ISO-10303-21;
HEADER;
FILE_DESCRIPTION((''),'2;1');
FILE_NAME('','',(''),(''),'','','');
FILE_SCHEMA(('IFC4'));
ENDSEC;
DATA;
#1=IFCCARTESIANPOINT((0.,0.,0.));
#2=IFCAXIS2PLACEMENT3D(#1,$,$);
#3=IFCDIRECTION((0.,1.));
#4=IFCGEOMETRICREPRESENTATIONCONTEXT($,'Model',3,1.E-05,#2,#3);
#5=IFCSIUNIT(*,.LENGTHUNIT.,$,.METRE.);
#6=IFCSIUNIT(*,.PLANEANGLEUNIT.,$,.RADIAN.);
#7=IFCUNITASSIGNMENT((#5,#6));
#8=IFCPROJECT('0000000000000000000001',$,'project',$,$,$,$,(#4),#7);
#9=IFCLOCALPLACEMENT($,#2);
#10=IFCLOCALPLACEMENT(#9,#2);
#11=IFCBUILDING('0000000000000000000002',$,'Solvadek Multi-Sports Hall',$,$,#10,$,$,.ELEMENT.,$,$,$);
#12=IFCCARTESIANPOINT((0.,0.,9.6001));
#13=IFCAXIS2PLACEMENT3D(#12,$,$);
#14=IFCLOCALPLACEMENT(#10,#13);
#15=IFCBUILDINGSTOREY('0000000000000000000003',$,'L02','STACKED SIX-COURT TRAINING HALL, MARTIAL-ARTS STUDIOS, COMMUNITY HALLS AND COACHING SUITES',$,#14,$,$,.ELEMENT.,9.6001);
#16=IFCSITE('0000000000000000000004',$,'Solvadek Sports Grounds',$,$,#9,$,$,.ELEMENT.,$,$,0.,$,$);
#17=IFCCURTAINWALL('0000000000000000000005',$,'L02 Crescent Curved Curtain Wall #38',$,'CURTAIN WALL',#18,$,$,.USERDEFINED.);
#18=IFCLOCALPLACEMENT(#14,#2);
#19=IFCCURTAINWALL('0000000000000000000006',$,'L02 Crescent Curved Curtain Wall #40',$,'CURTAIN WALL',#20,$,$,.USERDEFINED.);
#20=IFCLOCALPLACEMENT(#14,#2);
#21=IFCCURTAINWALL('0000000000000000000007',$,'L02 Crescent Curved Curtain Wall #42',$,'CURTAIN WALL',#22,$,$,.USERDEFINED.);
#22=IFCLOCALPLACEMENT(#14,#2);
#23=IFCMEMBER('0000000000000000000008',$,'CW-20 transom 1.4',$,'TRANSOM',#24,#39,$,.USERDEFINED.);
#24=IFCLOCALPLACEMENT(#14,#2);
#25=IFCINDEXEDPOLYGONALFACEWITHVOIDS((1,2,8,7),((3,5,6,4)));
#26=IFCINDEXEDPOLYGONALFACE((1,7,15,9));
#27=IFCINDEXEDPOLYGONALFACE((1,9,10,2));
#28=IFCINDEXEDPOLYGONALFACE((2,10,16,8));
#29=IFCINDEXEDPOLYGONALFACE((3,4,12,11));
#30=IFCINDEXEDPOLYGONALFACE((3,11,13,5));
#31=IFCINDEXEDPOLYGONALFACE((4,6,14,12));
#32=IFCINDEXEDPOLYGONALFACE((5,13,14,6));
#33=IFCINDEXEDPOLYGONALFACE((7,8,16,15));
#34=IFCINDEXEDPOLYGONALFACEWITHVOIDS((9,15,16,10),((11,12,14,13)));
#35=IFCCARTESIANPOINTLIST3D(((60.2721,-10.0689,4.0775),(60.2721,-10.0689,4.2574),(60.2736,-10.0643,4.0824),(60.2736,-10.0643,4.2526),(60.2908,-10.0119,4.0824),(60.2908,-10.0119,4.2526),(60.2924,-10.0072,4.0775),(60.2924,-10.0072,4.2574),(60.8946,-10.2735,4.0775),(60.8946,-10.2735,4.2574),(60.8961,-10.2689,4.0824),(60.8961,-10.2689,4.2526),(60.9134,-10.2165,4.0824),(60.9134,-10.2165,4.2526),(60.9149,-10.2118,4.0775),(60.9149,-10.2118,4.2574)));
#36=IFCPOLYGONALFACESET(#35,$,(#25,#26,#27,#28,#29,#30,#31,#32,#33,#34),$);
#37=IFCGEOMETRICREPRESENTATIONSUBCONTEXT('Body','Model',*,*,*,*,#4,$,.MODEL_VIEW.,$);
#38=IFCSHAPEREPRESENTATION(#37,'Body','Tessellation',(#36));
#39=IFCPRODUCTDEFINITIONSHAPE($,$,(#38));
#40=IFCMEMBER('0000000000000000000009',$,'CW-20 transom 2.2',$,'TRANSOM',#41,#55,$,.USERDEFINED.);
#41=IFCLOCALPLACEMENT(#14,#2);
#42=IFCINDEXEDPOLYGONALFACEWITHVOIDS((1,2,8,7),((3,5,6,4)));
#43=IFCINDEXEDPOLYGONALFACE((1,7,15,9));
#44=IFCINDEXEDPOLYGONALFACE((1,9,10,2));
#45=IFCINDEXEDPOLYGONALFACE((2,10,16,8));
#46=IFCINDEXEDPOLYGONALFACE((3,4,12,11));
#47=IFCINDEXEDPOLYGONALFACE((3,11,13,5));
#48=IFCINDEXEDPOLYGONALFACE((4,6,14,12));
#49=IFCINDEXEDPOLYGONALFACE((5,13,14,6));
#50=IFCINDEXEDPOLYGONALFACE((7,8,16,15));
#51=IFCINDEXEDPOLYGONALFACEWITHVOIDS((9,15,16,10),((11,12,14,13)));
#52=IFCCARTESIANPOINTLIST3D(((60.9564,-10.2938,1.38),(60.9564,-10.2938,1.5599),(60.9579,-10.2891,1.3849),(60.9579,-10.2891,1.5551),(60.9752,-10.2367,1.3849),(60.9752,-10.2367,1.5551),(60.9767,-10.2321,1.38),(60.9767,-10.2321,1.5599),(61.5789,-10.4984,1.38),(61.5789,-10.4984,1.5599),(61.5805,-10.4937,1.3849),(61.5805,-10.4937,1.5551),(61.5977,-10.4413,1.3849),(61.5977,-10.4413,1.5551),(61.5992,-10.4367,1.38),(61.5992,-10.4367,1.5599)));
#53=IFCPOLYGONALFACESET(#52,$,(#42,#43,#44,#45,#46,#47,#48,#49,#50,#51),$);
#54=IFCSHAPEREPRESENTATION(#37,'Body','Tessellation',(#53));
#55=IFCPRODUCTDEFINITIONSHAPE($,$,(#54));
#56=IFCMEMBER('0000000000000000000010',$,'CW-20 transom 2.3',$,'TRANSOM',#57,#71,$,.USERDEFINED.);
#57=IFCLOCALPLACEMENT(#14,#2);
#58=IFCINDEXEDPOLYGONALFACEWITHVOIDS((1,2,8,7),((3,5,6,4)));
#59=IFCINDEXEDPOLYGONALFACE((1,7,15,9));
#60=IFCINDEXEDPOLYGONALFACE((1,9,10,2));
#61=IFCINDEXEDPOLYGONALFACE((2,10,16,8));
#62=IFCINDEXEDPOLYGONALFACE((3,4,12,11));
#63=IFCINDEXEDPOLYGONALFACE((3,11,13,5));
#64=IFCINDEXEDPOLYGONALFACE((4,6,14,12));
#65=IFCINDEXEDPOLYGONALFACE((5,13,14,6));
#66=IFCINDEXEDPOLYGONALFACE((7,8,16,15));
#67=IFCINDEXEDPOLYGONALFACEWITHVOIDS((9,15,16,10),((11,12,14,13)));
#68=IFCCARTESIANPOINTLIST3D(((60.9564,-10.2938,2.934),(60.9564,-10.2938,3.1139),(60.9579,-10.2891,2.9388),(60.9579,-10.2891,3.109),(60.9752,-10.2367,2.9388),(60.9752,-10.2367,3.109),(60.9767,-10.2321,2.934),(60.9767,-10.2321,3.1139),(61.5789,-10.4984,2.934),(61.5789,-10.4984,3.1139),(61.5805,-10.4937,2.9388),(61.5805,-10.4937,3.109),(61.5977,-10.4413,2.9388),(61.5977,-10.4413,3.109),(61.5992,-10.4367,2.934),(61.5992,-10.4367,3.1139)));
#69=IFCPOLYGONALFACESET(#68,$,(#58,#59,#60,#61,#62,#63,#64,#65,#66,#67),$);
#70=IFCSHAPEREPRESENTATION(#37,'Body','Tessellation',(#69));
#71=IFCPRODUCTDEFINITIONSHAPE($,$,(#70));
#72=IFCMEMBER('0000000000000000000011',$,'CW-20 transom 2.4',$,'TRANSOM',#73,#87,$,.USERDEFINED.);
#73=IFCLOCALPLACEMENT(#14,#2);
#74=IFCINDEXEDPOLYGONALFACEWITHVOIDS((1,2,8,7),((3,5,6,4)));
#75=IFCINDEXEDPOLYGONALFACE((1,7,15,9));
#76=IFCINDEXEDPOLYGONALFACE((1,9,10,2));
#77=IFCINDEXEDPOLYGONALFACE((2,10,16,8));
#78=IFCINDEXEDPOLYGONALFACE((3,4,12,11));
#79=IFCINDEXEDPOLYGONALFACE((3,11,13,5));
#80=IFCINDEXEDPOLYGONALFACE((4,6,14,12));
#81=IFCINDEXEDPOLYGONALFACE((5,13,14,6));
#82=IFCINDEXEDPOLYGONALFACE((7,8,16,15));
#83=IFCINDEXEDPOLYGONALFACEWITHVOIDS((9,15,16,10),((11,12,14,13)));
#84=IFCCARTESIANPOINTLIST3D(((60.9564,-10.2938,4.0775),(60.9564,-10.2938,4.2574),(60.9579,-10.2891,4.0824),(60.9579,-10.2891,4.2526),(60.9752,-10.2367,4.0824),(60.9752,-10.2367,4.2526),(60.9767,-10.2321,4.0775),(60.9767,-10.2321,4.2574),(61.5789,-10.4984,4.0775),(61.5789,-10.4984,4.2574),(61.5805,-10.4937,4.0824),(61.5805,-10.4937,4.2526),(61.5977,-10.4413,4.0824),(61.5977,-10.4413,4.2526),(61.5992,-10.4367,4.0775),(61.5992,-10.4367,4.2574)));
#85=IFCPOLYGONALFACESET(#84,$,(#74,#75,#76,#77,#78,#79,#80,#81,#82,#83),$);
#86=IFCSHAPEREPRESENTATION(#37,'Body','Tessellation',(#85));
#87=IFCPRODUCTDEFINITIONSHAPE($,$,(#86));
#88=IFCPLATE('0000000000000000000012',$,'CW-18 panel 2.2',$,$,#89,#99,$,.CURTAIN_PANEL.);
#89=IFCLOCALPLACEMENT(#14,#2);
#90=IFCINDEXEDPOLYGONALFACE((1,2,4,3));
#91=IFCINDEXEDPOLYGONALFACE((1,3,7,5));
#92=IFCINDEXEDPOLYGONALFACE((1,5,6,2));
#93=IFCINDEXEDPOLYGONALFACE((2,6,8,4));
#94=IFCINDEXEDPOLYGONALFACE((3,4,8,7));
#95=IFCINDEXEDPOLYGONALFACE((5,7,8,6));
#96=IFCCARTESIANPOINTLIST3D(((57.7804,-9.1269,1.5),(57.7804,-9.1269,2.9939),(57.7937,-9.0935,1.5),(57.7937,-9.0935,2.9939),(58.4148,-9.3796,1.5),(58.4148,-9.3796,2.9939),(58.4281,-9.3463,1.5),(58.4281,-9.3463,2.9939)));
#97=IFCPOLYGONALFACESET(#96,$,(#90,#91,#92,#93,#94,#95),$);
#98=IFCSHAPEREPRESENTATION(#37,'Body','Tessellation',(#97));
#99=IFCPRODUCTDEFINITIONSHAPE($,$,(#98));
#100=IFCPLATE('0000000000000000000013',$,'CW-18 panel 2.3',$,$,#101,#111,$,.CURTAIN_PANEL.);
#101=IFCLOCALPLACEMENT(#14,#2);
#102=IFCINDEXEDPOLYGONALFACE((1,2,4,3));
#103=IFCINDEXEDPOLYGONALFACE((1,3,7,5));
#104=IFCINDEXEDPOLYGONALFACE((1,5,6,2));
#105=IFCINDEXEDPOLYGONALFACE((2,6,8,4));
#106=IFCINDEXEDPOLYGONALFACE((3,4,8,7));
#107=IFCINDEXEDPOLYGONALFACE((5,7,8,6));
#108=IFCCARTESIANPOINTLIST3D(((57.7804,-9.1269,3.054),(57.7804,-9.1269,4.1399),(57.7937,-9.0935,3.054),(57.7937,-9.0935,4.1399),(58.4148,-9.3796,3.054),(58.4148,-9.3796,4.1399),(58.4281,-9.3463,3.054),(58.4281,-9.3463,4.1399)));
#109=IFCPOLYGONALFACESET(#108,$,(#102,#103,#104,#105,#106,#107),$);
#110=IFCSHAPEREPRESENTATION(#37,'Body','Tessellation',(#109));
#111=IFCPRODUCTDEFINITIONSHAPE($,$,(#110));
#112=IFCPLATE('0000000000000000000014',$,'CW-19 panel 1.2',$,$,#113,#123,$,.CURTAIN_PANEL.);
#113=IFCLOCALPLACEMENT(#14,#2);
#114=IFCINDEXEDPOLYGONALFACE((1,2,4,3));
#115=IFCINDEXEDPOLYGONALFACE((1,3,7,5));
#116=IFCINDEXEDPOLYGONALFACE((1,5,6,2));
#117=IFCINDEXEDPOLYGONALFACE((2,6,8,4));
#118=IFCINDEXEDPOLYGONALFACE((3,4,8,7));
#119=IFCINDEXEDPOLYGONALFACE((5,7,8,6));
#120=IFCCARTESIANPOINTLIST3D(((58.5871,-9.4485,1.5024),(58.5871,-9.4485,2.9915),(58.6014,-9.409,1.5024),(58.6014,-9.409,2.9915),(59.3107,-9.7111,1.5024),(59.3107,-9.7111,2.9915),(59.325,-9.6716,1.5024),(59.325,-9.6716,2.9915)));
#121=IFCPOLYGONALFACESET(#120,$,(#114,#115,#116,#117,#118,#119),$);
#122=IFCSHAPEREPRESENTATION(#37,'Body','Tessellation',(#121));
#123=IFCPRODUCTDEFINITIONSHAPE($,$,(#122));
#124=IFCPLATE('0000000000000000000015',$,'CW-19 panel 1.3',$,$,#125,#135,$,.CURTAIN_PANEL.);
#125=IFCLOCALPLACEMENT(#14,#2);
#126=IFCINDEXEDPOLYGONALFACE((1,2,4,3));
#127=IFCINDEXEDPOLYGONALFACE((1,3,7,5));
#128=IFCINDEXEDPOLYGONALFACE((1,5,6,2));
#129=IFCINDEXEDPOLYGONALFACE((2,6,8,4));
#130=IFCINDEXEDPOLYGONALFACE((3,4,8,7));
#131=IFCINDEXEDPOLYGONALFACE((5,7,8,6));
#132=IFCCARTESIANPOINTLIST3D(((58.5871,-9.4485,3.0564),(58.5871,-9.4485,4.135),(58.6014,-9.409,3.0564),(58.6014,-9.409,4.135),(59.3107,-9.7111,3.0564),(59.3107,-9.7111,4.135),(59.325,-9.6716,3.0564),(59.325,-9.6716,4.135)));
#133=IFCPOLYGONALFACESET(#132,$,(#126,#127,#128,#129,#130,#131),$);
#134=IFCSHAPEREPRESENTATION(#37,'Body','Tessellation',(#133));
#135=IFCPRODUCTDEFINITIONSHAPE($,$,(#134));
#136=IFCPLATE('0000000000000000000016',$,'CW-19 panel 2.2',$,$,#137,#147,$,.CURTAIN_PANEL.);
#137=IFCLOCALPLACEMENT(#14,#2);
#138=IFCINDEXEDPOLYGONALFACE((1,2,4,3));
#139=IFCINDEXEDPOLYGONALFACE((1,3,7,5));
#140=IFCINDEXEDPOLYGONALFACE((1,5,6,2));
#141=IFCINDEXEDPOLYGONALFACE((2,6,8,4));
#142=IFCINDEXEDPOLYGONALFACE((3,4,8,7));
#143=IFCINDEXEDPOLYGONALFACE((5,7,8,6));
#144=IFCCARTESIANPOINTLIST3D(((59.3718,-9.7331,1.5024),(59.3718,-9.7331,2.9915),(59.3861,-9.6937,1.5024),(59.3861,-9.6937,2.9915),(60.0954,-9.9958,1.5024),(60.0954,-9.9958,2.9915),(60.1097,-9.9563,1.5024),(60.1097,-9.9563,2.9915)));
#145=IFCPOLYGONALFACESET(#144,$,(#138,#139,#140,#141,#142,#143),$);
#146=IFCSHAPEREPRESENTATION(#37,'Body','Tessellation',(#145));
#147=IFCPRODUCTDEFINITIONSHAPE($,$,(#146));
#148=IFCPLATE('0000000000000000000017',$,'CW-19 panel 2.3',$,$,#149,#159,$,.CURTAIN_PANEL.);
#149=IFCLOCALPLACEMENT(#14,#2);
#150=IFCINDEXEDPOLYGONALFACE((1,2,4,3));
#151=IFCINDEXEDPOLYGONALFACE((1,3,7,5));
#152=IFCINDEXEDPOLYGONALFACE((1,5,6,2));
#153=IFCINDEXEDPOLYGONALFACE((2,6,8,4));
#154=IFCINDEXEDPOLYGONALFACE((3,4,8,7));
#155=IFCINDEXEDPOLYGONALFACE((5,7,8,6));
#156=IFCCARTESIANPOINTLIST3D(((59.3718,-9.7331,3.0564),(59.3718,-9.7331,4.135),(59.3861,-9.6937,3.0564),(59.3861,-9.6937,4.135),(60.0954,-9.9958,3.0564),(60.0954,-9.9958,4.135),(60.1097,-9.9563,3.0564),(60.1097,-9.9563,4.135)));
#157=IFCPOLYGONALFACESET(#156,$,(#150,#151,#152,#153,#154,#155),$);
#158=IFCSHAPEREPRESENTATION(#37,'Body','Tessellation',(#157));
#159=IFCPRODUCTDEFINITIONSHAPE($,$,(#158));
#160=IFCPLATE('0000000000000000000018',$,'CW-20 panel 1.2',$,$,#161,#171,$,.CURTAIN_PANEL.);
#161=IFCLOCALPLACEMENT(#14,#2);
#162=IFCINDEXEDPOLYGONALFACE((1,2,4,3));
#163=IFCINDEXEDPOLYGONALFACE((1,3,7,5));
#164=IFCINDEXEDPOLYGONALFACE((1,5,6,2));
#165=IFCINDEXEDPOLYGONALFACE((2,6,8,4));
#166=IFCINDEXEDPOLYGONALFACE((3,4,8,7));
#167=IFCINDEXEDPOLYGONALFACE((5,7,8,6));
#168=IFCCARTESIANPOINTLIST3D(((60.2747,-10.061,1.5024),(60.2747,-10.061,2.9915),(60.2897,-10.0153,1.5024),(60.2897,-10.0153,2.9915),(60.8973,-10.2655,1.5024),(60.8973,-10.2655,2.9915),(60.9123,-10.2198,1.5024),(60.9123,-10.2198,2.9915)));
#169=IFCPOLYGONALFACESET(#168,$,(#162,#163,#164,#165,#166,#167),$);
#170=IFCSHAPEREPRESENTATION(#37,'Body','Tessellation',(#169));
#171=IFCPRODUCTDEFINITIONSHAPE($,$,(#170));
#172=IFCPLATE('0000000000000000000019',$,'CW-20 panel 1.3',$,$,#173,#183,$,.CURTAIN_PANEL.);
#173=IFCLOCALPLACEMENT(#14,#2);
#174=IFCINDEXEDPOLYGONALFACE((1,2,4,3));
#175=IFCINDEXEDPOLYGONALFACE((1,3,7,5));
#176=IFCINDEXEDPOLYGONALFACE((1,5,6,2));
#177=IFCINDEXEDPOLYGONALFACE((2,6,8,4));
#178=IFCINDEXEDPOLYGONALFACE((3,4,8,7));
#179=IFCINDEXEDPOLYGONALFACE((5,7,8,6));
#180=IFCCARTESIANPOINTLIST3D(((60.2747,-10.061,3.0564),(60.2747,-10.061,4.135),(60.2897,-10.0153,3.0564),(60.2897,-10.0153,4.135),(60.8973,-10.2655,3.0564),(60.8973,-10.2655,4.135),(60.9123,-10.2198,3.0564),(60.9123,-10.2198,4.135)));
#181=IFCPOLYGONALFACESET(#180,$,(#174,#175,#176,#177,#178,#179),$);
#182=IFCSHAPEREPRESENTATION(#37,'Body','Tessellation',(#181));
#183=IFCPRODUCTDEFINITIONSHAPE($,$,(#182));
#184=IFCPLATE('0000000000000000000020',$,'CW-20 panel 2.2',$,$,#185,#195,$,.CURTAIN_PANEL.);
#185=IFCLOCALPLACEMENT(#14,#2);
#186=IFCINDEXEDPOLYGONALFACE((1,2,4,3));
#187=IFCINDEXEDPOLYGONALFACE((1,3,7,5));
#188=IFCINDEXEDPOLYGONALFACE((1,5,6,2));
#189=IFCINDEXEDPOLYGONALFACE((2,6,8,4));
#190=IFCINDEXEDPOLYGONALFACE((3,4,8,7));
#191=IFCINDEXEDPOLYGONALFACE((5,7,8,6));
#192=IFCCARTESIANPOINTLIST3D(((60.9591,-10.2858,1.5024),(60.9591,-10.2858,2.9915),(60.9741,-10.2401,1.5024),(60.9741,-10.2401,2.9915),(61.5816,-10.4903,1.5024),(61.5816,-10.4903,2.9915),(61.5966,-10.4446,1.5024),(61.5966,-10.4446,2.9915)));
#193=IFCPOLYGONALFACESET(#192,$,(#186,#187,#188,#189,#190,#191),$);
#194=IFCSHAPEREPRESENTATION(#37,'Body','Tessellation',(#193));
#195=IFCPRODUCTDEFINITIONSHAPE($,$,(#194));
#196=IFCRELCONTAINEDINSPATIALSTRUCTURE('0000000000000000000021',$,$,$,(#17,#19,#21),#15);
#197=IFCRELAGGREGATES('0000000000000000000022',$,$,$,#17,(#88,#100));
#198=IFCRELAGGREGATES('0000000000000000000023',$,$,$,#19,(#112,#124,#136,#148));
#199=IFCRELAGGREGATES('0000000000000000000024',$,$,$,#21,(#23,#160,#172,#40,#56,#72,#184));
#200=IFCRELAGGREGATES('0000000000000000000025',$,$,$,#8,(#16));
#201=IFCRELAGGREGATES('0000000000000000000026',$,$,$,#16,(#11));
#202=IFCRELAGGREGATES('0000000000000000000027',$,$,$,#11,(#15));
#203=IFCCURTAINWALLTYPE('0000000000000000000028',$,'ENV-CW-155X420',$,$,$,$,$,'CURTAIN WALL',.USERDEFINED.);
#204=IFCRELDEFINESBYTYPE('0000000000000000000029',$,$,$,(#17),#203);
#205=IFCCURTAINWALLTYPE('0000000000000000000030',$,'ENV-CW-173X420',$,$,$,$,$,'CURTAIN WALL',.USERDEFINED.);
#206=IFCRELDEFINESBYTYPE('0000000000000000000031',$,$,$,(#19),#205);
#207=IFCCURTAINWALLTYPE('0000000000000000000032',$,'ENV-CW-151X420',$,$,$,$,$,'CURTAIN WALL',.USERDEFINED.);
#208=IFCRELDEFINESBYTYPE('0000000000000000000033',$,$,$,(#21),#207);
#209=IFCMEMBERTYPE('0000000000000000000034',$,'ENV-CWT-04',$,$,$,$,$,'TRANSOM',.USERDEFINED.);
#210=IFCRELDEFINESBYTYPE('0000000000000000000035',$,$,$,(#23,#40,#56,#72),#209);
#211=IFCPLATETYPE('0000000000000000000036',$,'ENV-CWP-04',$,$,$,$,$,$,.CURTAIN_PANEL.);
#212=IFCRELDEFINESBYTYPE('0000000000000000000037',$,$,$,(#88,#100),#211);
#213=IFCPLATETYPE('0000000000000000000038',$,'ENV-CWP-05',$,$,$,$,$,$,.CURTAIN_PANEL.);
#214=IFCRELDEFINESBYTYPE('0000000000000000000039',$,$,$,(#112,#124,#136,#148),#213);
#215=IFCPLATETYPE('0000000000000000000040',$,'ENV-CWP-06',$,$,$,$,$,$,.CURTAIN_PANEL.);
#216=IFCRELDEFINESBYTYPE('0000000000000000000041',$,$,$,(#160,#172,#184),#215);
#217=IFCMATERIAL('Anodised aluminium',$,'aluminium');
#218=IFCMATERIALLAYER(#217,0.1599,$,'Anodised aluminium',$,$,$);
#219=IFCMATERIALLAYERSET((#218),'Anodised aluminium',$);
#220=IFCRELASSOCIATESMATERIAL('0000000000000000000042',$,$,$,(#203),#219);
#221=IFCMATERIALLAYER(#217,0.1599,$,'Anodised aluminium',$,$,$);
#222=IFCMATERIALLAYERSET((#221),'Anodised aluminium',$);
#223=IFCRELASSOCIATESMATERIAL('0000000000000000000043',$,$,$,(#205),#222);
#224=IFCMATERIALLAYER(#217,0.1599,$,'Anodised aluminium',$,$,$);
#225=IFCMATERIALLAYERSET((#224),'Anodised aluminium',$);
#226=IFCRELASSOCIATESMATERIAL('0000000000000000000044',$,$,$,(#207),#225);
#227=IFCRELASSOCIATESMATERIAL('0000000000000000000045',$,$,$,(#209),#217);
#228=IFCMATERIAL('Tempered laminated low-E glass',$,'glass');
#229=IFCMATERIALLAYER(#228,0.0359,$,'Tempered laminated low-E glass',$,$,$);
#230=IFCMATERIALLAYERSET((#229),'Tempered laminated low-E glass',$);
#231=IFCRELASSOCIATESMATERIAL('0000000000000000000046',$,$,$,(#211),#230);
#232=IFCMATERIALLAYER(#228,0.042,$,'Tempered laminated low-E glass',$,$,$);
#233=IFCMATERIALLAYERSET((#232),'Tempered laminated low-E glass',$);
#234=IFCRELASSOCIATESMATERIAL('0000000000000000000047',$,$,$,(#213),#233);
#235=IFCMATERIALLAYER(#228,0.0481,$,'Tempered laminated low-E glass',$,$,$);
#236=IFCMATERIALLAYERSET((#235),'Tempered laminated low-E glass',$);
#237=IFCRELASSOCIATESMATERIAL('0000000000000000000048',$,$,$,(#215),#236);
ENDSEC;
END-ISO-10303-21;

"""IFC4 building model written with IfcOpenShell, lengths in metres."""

from ifc_helpers import new_model, si_unit, direction, frame, origin, origin_2d, place, context, subcontext, project, spatial, rectangle, hollow_rectangle, extrude, material, layer, layer_set, material_profile, profile_set, type_object, element, aggregate, save


model = new_model("IFC4")

# Units and contexts
model_context = context("Model", 3, precision=1e-05, world=origin(), true_north=direction((0.0, 1.0)))
body_context = subcontext(model_context, "Body", "Model", "MODEL_VIEW")
ifc_project = project(units=[si_unit("LENGTHUNIT", "METRE"), si_unit("PLANEANGLEUNIT", "RADIAN")], contexts=[model_context])

# Site, building, storey
site_placement = place(None, origin())
site = spatial("IfcSite", under=ifc_project, at=site_placement, Name="Solvadek Sports Grounds", CompositionType="ELEMENT", RefElevation=0.0)
building_placement = place(site_placement, origin())
building = spatial("IfcBuilding", under=site, at=building_placement, Name="Solvadek Multi-Sports Hall", CompositionType="ELEMENT")
storey_placement = place(building_placement, frame((0.0, 0.0, 9.6001)))
storey = spatial("IfcBuildingStorey", under=building, at=storey_placement, Name="L02", Description="STACKED SIX-COURT TRAINING HALL, MARTIAL-ARTS STUDIOS, COMMUNITY HALLS AND COACHING SUITES", CompositionType="ELEMENT", Elevation=9.6001)

# Curtain walls, members
ifc_material_1 = material(Name="Anodised aluminium", Category="aluminium")
ifc_layer_1 = layer(ifc_material_1, 0.1599, Name="Anodised aluminium")
ifc_layer_set_1 = layer_set([ifc_layer_1], Name="Anodised aluminium")
curtain_wall_type_1 = type_object("IfcCurtainWallType", Name="ENV-CW-155X420", ElementType="CURTAIN WALL", PredefinedType="USERDEFINED", material=ifc_layer_set_1)
curtain_wall_1_placement = place(storey_placement, origin())
curtain_wall_1 = element("IfcCurtainWall", 1, at=curtain_wall_1_placement, inside=storey, type_object=curtain_wall_type_1, Name="L02 Crescent Curved Curtain Wall #38", ObjectType="CURTAIN WALL", PredefinedType="USERDEFINED")
ifc_layer_2 = layer(ifc_material_1, 0.1599, Name="Anodised aluminium")
ifc_layer_set_2 = layer_set([ifc_layer_2], Name="Anodised aluminium")
curtain_wall_type_2 = type_object("IfcCurtainWallType", Name="ENV-CW-173X420", ElementType="CURTAIN WALL", PredefinedType="USERDEFINED", material=ifc_layer_set_2)
curtain_wall_2_placement = place(storey_placement, origin())
curtain_wall_2 = element("IfcCurtainWall", 2, at=curtain_wall_2_placement, inside=storey, type_object=curtain_wall_type_2, Name="L02 Crescent Curved Curtain Wall #40", ObjectType="CURTAIN WALL", PredefinedType="USERDEFINED")
ifc_layer_3 = layer(ifc_material_1, 0.1599, Name="Anodised aluminium")
ifc_layer_set_3 = layer_set([ifc_layer_3], Name="Anodised aluminium")
curtain_wall_type_3 = type_object("IfcCurtainWallType", Name="ENV-CW-151X420", ElementType="CURTAIN WALL", PredefinedType="USERDEFINED", material=ifc_layer_set_3)
curtain_wall_3_placement = place(storey_placement, origin())
curtain_wall_3 = element("IfcCurtainWall", 3, at=curtain_wall_3_placement, inside=storey, type_object=curtain_wall_type_3, Name="L02 Crescent Curved Curtain Wall #42", ObjectType="CURTAIN WALL", PredefinedType="USERDEFINED")
ifc_material_profile_1 = material_profile(ifc_material_1, hollow_rectangle(XDim=0.0649, YDim=0.1799, WallThickness=0.0049, at=origin_2d()), Name="ALU-T 180x65x5")
ifc_profile_set_1 = profile_set([ifc_material_profile_1], Name="Anodised aluminium")
member_type_1 = type_object("IfcMemberType", Name="ENV-CWT-04", ElementType="TRANSOM", PredefinedType="USERDEFINED", material=ifc_profile_set_1)
member_1_placement = place(storey_placement, frame((60.2822, -10.0381, 4.1675), z_axis=(0.950016, -0.312201, 0.0), x_axis=(0.312201, 0.950016, 0.0)))
member_1 = element("IfcMember", 4, at=member_1_placement, type_object=member_type_1, Name="CW-20 transom 1.4", ObjectType="TRANSOM", PredefinedType="USERDEFINED", context=body_context, shape_type="SweptSolid", body=[
    extrude(hollow_rectangle(XDim=0.0649, YDim=0.1799, WallThickness=0.0049, at=origin_2d()), origin(), (0.0, 0.0, 1.0), 0.6553),
])
member_2_placement = place(storey_placement, frame((60.9666, -10.2629, 1.47), z_axis=(0.950016, -0.312201, 0.0), x_axis=(0.312201, 0.950016, 0.0)))
member_2 = element("IfcMember", 5, at=member_2_placement, type_object=member_type_1, Name="CW-20 transom 2.2", ObjectType="TRANSOM", PredefinedType="USERDEFINED", context=body_context, shape_type="SweptSolid", body=[
    extrude(hollow_rectangle(XDim=0.0649, YDim=0.1799, WallThickness=0.0049, at=origin_2d()), origin(), (0.0, 0.0, 1.0), 0.6553),
])
member_3_placement = place(storey_placement, frame((60.9666, -10.2629, 3.0239), z_axis=(0.950016, -0.312201, 0.0), x_axis=(0.312201, 0.950016, 0.0)))
member_3 = element("IfcMember", 6, at=member_3_placement, type_object=member_type_1, Name="CW-20 transom 2.3", ObjectType="TRANSOM", PredefinedType="USERDEFINED", context=body_context, shape_type="SweptSolid", body=[
    extrude(hollow_rectangle(XDim=0.0649, YDim=0.1799, WallThickness=0.0049, at=origin_2d()), origin(), (0.0, 0.0, 1.0), 0.6553),
])
member_4_placement = place(storey_placement, frame((60.9666, -10.2629, 4.1675), z_axis=(0.950016, -0.312201, 0.0), x_axis=(0.312201, 0.950016, 0.0)))
member_4 = element("IfcMember", 7, at=member_4_placement, type_object=member_type_1, Name="CW-20 transom 2.4", ObjectType="TRANSOM", PredefinedType="USERDEFINED", context=body_context, shape_type="SweptSolid", body=[
    extrude(hollow_rectangle(XDim=0.0649, YDim=0.1799, WallThickness=0.0049, at=origin_2d()), origin(), (0.0, 0.0, 1.0), 0.6553),
])

# Plates
ifc_material_2 = material(Name="Tempered laminated low-E glass", Category="glass")
ifc_layer_4 = layer(ifc_material_2, 0.0359, Name="Tempered laminated low-E glass")
ifc_layer_set_4 = layer_set([ifc_layer_4], Name="Tempered laminated low-E glass")
plate_type_1 = type_object("IfcPlateType", Name="ENV-CWP-04", PredefinedType="CURTAIN_PANEL", material=ifc_layer_set_4)
plate_1_placement = place(storey_placement, frame((58.1042, -9.2366, 1.5), z_axis=(0.0, 0.0, 1.0), x_axis=(0.928967, -0.370163, 0.0)))
plate_1 = element("IfcPlate", 8, at=plate_1_placement, type_object=plate_type_1, Name="CW-18 panel 2.2", PredefinedType="CURTAIN_PANEL", context=body_context, shape_type="SweptSolid", body=[
    extrude(rectangle(XDim=0.6829, YDim=0.0359, at=origin_2d()), origin(), (0.0, 0.0, 1.0), 1.4939),
])
plate_2_placement = place(storey_placement, frame((58.1042, -9.2366, 3.054), z_axis=(0.0, 0.0, 1.0), x_axis=(0.928967, -0.370163, 0.0)))
plate_2 = element("IfcPlate", 9, at=plate_2_placement, type_object=plate_type_1, Name="CW-18 panel 2.3", PredefinedType="CURTAIN_PANEL", context=body_context, shape_type="SweptSolid", body=[
    extrude(rectangle(XDim=0.6829, YDim=0.0359, at=origin_2d()), origin(), (0.0, 0.0, 1.0), 1.0859),
])
aggregate(curtain_wall_1, [plate_1, plate_2])
ifc_layer_5 = layer(ifc_material_2, 0.042, Name="Tempered laminated low-E glass")
ifc_layer_set_5 = layer_set([ifc_layer_5], Name="Tempered laminated low-E glass")
plate_type_2 = type_object("IfcPlateType", Name="ENV-CWP-05", PredefinedType="CURTAIN_PANEL", material=ifc_layer_set_5)
plate_3_placement = place(storey_placement, frame((58.9561, -9.5601, 1.5024), z_axis=(0.0, 0.0, 1.0), x_axis=(0.939992, -0.341197, 0.0)))
plate_3 = element("IfcPlate", 10, at=plate_3_placement, type_object=plate_type_2, Name="CW-19 panel 1.2", PredefinedType="CURTAIN_PANEL", context=body_context, shape_type="SweptSolid", body=[
    extrude(rectangle(XDim=0.7698, YDim=0.042, at=origin_2d()), origin(), (0.0, 0.0, 1.0), 1.489),
])
plate_4_placement = place(storey_placement, frame((58.9561, -9.5601, 3.0564), z_axis=(0.0, 0.0, 1.0), x_axis=(0.939992, -0.341197, 0.0)))
plate_4 = element("IfcPlate", 11, at=plate_4_placement, type_object=plate_type_2, Name="CW-19 panel 1.3", PredefinedType="CURTAIN_PANEL", context=body_context, shape_type="SweptSolid", body=[
    extrude(rectangle(XDim=0.7698, YDim=0.042, at=origin_2d()), origin(), (0.0, 0.0, 1.0), 1.0786),
])
plate_5_placement = place(storey_placement, frame((59.7407, -9.8447, 1.5024), z_axis=(0.0, 0.0, 1.0), x_axis=(0.939992, -0.341197, 0.0)))
plate_5 = element("IfcPlate", 12, at=plate_5_placement, type_object=plate_type_2, Name="CW-19 panel 2.2", PredefinedType="CURTAIN_PANEL", context=body_context, shape_type="SweptSolid", body=[
    extrude(rectangle(XDim=0.7698, YDim=0.042, at=origin_2d()), origin(), (0.0, 0.0, 1.0), 1.489),
])
plate_6_placement = place(storey_placement, frame((59.7407, -9.8447, 3.0564), z_axis=(0.0, 0.0, 1.0), x_axis=(0.939992, -0.341197, 0.0)))
plate_6 = element("IfcPlate", 13, at=plate_6_placement, type_object=plate_type_2, Name="CW-19 panel 2.3", PredefinedType="CURTAIN_PANEL", context=body_context, shape_type="SweptSolid", body=[
    extrude(rectangle(XDim=0.7698, YDim=0.042, at=origin_2d()), origin(), (0.0, 0.0, 1.0), 1.0786),
])
aggregate(curtain_wall_2, [plate_3, plate_4, plate_5, plate_6])
ifc_layer_6 = layer(ifc_material_2, 0.0481, Name="Tempered laminated low-E glass")
ifc_layer_set_6 = layer_set([ifc_layer_6], Name="Tempered laminated low-E glass")
plate_type_3 = type_object("IfcPlateType", Name="ENV-CWP-06", PredefinedType="CURTAIN_PANEL", material=ifc_layer_set_6)
plate_7_placement = place(storey_placement, frame((60.5935, -10.1404, 1.5024), z_axis=(0.0, 0.0, 1.0), x_axis=(0.950049, -0.3121, 0.0)))
plate_7 = element("IfcPlate", 14, at=plate_7_placement, type_object=plate_type_3, Name="CW-20 panel 1.2", PredefinedType="CURTAIN_PANEL", context=body_context, shape_type="SweptSolid", body=[
    extrude(rectangle(XDim=0.6553, YDim=0.0481, at=origin_2d()), origin(), (0.0, 0.0, 1.0), 1.489),
])
plate_8_placement = place(storey_placement, frame((60.5935, -10.1404, 3.0564), z_axis=(0.0, 0.0, 1.0), x_axis=(0.950049, -0.3121, 0.0)))
plate_8 = element("IfcPlate", 15, at=plate_8_placement, type_object=plate_type_3, Name="CW-20 panel 1.3", PredefinedType="CURTAIN_PANEL", context=body_context, shape_type="SweptSolid", body=[
    extrude(rectangle(XDim=0.6553, YDim=0.0481, at=origin_2d()), origin(), (0.0, 0.0, 1.0), 1.0786),
])
plate_9_placement = place(storey_placement, frame((61.2778, -10.3652, 1.5024), z_axis=(0.0, 0.0, 1.0), x_axis=(0.950049, -0.3121, 0.0)))
plate_9 = element("IfcPlate", 16, at=plate_9_placement, type_object=plate_type_3, Name="CW-20 panel 2.2", PredefinedType="CURTAIN_PANEL", context=body_context, shape_type="SweptSolid", body=[
    extrude(rectangle(XDim=0.6553, YDim=0.0481, at=origin_2d()), origin(), (0.0, 0.0, 1.0), 1.489),
])
aggregate(curtain_wall_3, [member_1, plate_7, plate_8, member_2, member_3, member_4, plate_9])

save(model, "model.ifc")
